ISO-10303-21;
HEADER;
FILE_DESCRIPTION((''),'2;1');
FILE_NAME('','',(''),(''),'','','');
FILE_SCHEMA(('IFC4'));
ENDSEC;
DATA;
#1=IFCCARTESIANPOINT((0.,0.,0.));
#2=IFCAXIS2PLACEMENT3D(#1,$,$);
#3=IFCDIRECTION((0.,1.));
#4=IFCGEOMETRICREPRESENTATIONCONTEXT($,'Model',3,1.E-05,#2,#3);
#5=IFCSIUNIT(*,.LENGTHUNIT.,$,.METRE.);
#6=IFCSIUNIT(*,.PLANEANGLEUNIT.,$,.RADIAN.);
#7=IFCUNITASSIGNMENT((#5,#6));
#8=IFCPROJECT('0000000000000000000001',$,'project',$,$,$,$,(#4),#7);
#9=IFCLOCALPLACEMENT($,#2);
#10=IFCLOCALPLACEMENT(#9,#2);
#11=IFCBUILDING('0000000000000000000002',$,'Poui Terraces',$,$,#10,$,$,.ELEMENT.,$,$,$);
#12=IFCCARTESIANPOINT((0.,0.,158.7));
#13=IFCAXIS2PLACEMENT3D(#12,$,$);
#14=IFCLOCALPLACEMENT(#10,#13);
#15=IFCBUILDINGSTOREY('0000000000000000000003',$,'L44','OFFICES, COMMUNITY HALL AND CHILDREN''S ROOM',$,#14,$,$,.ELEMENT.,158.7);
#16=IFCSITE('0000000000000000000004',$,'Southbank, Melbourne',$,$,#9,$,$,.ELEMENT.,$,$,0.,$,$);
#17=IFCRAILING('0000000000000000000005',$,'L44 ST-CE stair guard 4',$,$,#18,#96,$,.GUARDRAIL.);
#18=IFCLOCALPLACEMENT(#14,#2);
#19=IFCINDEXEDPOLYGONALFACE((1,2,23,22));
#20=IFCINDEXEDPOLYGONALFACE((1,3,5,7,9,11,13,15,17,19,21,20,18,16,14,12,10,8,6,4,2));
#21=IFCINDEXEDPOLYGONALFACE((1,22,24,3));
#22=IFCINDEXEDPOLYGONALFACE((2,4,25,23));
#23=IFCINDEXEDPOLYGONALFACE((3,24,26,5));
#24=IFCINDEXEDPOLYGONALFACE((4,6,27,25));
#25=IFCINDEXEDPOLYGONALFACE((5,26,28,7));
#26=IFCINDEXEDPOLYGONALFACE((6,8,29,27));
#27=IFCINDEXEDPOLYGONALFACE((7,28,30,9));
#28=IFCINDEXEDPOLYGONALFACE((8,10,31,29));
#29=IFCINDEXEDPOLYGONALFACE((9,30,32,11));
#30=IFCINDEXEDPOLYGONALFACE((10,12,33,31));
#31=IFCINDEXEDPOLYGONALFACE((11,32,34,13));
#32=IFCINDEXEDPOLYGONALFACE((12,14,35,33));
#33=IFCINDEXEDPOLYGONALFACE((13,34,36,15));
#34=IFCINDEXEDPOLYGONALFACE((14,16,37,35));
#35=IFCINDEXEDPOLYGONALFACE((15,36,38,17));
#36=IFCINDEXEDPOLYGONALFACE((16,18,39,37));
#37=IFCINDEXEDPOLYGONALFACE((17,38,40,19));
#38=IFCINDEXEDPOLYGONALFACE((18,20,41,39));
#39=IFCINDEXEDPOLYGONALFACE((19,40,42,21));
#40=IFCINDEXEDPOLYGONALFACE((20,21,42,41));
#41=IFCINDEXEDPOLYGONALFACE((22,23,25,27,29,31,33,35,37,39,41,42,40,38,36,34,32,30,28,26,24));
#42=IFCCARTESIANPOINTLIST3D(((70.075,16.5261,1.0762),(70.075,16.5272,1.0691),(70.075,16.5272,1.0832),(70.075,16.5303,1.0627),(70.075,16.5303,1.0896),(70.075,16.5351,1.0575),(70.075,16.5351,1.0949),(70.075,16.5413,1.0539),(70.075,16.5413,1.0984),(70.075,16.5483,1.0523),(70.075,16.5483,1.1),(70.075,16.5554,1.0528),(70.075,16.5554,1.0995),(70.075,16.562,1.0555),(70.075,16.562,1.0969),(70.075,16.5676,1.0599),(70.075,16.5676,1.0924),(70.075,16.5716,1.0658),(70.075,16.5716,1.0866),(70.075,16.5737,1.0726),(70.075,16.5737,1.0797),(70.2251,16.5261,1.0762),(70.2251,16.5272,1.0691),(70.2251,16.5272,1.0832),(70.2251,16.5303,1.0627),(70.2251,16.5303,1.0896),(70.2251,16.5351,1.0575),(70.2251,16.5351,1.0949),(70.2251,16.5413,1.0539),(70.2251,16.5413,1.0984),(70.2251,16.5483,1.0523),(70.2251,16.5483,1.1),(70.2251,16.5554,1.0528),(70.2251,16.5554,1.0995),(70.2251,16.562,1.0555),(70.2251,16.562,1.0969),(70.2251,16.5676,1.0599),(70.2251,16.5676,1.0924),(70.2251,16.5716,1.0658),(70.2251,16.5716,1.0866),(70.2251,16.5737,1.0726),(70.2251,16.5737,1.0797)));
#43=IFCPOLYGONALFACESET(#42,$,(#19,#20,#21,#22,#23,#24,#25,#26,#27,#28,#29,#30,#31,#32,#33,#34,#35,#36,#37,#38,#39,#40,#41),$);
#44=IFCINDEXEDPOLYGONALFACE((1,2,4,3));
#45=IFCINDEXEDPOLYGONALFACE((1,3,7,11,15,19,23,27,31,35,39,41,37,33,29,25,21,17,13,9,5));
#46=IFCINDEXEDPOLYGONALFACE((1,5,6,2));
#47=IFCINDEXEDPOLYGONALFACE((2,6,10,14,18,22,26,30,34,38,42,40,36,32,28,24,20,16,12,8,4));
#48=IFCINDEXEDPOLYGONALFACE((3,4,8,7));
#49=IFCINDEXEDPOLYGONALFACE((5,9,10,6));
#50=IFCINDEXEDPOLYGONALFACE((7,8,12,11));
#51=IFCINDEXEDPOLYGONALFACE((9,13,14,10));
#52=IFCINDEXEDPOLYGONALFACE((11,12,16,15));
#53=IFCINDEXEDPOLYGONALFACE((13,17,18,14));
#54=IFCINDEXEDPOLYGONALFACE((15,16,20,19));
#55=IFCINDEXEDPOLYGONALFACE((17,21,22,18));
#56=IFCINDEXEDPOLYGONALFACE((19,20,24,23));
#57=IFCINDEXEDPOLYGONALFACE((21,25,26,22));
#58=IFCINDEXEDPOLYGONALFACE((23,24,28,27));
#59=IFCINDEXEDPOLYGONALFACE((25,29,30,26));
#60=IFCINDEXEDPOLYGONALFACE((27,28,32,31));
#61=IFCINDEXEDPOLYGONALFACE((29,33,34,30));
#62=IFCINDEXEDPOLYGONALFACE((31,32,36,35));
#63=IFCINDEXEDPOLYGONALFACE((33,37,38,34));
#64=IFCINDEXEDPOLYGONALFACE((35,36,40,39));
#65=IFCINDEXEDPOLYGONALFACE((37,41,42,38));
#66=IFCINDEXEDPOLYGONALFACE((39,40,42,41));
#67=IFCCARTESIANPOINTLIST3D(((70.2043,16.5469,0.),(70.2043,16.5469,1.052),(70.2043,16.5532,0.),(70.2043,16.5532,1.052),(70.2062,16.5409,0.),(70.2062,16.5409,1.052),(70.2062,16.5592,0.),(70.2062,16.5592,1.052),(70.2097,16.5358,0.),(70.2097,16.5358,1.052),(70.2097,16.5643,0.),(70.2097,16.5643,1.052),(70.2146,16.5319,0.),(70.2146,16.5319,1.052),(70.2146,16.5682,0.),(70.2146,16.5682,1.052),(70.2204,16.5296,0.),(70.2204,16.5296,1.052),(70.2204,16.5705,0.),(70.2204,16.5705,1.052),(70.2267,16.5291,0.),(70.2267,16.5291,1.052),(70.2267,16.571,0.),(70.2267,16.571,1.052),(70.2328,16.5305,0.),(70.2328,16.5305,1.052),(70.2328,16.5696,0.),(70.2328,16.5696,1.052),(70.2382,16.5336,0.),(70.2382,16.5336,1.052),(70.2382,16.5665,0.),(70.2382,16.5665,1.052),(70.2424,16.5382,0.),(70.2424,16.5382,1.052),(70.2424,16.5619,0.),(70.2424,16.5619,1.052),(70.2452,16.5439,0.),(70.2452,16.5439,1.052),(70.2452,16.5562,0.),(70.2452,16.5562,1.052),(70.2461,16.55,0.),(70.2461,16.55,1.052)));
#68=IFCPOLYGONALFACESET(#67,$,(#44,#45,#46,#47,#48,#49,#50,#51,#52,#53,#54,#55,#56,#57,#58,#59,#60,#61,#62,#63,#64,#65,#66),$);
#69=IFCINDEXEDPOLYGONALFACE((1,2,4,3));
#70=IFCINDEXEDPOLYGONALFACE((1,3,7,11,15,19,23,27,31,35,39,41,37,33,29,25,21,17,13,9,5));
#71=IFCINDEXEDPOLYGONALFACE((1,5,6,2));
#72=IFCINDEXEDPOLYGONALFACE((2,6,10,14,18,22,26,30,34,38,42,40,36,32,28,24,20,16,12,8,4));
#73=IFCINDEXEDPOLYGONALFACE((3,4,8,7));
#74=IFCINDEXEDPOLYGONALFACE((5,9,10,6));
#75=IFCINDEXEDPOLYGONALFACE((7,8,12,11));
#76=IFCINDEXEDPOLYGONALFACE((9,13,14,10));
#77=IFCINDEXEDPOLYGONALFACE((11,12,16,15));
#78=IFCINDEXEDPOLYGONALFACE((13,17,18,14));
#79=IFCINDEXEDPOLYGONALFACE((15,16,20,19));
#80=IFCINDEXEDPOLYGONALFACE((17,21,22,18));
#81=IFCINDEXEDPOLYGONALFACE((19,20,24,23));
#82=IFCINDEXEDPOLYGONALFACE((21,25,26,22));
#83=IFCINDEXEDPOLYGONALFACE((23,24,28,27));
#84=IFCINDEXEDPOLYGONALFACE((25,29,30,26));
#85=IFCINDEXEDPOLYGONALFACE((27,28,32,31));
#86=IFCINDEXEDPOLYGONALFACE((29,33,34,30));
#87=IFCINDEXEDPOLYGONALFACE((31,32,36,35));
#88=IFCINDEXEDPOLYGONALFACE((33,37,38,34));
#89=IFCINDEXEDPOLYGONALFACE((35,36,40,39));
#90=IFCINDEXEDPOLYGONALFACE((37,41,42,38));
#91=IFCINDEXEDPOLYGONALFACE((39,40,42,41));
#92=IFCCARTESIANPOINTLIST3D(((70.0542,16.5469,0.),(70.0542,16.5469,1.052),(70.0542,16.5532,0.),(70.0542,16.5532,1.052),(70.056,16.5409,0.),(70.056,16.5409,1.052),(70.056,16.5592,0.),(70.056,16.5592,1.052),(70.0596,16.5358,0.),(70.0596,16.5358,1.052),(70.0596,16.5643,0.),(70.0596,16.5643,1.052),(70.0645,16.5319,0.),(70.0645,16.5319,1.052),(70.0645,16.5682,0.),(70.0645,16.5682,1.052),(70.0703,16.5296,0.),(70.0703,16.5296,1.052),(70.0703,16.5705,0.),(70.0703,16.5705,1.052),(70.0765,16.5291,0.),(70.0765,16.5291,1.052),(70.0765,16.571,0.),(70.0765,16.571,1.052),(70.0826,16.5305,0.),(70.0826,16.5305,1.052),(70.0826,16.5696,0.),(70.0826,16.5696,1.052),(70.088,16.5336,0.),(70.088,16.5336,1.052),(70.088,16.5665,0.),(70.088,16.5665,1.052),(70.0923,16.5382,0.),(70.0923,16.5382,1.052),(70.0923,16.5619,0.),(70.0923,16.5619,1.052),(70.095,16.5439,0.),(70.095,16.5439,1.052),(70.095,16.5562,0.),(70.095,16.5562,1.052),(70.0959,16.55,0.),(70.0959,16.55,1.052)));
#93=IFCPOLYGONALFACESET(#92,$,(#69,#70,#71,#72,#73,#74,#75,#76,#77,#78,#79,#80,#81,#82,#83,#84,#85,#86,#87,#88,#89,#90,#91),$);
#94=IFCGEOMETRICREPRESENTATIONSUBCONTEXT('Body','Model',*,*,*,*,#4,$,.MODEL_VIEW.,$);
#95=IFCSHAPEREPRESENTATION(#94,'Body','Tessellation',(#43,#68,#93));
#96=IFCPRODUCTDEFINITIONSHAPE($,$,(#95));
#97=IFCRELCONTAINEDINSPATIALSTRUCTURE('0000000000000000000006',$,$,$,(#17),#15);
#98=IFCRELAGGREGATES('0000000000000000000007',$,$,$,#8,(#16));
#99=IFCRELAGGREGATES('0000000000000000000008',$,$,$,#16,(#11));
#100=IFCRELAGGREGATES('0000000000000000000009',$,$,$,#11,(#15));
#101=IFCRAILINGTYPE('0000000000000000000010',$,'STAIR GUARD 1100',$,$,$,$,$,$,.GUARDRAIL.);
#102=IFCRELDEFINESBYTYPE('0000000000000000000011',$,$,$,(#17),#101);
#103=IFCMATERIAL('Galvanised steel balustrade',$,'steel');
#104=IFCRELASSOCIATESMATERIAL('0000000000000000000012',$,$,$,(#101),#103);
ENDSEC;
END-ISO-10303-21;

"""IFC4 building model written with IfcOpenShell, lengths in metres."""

from ifc_helpers import new_model, si_unit, direction, frame, origin, origin_2d, place, context, subcontext, project, spatial, circle, extrude, material, type_object, element, save


model = new_model("IFC4")

# Units and contexts
model_context = context("Model", 3, precision=1e-05, world=origin(), true_north=direction((0.0, 1.0)))
body_context = subcontext(model_context, "Body", "Model", "MODEL_VIEW")
ifc_project = project(units=[si_unit("LENGTHUNIT", "METRE"), si_unit("PLANEANGLEUNIT", "RADIAN")], contexts=[model_context])

# Site, building, storey
site_placement = place(None, origin())
site = spatial("IfcSite", under=ifc_project, at=site_placement, Name="Southbank, Melbourne", CompositionType="ELEMENT", RefElevation=0.0)
building_placement = place(site_placement, origin())
building = spatial("IfcBuilding", under=site, at=building_placement, Name="Poui Terraces", CompositionType="ELEMENT")
storey_placement = place(building_placement, frame((0.0, 0.0, 158.7)))
storey = spatial("IfcBuildingStorey", under=building, at=storey_placement, Name="L44", Description="OFFICES, COMMUNITY HALL AND CHILDREN'S ROOM", CompositionType="ELEMENT", Elevation=158.7)

# Railing
ifc_material_1 = material(Name="Galvanised steel balustrade", Category="steel")
railing_type_1 = type_object("IfcRailingType", Name="STAIR GUARD 1100", PredefinedType="GUARDRAIL", material=ifc_material_1)
railing_1_placement = place(storey_placement, frame((70.2251, 16.55, 0.0)))
element("IfcRailing", 1, at=railing_1_placement, inside=storey, type_object=railing_type_1, Name="L44 ST-CE stair guard 4", PredefinedType="GUARDRAIL", context=body_context, shape_type="SweptSolid", body=[
    extrude(circle(Radius=0.0239, at=origin_2d()), frame((0.0, 0.0, 1.0762), z_axis=(-1.0, 0.0, 0.0), x_axis=(0.0, -1.0, 0.0)), (0.0, 0.0, 1.0), 0.1501),
    extrude(circle(Radius=0.021, at=origin_2d()), origin(), (0.0, 0.0, 1.0), 1.052),
    extrude(circle(Radius=0.021, at=origin_2d()), frame((-0.1501, 0.0, 0.0)), (0.0, 0.0, 1.0), 1.052),
])

save(model, "model.ifc")
